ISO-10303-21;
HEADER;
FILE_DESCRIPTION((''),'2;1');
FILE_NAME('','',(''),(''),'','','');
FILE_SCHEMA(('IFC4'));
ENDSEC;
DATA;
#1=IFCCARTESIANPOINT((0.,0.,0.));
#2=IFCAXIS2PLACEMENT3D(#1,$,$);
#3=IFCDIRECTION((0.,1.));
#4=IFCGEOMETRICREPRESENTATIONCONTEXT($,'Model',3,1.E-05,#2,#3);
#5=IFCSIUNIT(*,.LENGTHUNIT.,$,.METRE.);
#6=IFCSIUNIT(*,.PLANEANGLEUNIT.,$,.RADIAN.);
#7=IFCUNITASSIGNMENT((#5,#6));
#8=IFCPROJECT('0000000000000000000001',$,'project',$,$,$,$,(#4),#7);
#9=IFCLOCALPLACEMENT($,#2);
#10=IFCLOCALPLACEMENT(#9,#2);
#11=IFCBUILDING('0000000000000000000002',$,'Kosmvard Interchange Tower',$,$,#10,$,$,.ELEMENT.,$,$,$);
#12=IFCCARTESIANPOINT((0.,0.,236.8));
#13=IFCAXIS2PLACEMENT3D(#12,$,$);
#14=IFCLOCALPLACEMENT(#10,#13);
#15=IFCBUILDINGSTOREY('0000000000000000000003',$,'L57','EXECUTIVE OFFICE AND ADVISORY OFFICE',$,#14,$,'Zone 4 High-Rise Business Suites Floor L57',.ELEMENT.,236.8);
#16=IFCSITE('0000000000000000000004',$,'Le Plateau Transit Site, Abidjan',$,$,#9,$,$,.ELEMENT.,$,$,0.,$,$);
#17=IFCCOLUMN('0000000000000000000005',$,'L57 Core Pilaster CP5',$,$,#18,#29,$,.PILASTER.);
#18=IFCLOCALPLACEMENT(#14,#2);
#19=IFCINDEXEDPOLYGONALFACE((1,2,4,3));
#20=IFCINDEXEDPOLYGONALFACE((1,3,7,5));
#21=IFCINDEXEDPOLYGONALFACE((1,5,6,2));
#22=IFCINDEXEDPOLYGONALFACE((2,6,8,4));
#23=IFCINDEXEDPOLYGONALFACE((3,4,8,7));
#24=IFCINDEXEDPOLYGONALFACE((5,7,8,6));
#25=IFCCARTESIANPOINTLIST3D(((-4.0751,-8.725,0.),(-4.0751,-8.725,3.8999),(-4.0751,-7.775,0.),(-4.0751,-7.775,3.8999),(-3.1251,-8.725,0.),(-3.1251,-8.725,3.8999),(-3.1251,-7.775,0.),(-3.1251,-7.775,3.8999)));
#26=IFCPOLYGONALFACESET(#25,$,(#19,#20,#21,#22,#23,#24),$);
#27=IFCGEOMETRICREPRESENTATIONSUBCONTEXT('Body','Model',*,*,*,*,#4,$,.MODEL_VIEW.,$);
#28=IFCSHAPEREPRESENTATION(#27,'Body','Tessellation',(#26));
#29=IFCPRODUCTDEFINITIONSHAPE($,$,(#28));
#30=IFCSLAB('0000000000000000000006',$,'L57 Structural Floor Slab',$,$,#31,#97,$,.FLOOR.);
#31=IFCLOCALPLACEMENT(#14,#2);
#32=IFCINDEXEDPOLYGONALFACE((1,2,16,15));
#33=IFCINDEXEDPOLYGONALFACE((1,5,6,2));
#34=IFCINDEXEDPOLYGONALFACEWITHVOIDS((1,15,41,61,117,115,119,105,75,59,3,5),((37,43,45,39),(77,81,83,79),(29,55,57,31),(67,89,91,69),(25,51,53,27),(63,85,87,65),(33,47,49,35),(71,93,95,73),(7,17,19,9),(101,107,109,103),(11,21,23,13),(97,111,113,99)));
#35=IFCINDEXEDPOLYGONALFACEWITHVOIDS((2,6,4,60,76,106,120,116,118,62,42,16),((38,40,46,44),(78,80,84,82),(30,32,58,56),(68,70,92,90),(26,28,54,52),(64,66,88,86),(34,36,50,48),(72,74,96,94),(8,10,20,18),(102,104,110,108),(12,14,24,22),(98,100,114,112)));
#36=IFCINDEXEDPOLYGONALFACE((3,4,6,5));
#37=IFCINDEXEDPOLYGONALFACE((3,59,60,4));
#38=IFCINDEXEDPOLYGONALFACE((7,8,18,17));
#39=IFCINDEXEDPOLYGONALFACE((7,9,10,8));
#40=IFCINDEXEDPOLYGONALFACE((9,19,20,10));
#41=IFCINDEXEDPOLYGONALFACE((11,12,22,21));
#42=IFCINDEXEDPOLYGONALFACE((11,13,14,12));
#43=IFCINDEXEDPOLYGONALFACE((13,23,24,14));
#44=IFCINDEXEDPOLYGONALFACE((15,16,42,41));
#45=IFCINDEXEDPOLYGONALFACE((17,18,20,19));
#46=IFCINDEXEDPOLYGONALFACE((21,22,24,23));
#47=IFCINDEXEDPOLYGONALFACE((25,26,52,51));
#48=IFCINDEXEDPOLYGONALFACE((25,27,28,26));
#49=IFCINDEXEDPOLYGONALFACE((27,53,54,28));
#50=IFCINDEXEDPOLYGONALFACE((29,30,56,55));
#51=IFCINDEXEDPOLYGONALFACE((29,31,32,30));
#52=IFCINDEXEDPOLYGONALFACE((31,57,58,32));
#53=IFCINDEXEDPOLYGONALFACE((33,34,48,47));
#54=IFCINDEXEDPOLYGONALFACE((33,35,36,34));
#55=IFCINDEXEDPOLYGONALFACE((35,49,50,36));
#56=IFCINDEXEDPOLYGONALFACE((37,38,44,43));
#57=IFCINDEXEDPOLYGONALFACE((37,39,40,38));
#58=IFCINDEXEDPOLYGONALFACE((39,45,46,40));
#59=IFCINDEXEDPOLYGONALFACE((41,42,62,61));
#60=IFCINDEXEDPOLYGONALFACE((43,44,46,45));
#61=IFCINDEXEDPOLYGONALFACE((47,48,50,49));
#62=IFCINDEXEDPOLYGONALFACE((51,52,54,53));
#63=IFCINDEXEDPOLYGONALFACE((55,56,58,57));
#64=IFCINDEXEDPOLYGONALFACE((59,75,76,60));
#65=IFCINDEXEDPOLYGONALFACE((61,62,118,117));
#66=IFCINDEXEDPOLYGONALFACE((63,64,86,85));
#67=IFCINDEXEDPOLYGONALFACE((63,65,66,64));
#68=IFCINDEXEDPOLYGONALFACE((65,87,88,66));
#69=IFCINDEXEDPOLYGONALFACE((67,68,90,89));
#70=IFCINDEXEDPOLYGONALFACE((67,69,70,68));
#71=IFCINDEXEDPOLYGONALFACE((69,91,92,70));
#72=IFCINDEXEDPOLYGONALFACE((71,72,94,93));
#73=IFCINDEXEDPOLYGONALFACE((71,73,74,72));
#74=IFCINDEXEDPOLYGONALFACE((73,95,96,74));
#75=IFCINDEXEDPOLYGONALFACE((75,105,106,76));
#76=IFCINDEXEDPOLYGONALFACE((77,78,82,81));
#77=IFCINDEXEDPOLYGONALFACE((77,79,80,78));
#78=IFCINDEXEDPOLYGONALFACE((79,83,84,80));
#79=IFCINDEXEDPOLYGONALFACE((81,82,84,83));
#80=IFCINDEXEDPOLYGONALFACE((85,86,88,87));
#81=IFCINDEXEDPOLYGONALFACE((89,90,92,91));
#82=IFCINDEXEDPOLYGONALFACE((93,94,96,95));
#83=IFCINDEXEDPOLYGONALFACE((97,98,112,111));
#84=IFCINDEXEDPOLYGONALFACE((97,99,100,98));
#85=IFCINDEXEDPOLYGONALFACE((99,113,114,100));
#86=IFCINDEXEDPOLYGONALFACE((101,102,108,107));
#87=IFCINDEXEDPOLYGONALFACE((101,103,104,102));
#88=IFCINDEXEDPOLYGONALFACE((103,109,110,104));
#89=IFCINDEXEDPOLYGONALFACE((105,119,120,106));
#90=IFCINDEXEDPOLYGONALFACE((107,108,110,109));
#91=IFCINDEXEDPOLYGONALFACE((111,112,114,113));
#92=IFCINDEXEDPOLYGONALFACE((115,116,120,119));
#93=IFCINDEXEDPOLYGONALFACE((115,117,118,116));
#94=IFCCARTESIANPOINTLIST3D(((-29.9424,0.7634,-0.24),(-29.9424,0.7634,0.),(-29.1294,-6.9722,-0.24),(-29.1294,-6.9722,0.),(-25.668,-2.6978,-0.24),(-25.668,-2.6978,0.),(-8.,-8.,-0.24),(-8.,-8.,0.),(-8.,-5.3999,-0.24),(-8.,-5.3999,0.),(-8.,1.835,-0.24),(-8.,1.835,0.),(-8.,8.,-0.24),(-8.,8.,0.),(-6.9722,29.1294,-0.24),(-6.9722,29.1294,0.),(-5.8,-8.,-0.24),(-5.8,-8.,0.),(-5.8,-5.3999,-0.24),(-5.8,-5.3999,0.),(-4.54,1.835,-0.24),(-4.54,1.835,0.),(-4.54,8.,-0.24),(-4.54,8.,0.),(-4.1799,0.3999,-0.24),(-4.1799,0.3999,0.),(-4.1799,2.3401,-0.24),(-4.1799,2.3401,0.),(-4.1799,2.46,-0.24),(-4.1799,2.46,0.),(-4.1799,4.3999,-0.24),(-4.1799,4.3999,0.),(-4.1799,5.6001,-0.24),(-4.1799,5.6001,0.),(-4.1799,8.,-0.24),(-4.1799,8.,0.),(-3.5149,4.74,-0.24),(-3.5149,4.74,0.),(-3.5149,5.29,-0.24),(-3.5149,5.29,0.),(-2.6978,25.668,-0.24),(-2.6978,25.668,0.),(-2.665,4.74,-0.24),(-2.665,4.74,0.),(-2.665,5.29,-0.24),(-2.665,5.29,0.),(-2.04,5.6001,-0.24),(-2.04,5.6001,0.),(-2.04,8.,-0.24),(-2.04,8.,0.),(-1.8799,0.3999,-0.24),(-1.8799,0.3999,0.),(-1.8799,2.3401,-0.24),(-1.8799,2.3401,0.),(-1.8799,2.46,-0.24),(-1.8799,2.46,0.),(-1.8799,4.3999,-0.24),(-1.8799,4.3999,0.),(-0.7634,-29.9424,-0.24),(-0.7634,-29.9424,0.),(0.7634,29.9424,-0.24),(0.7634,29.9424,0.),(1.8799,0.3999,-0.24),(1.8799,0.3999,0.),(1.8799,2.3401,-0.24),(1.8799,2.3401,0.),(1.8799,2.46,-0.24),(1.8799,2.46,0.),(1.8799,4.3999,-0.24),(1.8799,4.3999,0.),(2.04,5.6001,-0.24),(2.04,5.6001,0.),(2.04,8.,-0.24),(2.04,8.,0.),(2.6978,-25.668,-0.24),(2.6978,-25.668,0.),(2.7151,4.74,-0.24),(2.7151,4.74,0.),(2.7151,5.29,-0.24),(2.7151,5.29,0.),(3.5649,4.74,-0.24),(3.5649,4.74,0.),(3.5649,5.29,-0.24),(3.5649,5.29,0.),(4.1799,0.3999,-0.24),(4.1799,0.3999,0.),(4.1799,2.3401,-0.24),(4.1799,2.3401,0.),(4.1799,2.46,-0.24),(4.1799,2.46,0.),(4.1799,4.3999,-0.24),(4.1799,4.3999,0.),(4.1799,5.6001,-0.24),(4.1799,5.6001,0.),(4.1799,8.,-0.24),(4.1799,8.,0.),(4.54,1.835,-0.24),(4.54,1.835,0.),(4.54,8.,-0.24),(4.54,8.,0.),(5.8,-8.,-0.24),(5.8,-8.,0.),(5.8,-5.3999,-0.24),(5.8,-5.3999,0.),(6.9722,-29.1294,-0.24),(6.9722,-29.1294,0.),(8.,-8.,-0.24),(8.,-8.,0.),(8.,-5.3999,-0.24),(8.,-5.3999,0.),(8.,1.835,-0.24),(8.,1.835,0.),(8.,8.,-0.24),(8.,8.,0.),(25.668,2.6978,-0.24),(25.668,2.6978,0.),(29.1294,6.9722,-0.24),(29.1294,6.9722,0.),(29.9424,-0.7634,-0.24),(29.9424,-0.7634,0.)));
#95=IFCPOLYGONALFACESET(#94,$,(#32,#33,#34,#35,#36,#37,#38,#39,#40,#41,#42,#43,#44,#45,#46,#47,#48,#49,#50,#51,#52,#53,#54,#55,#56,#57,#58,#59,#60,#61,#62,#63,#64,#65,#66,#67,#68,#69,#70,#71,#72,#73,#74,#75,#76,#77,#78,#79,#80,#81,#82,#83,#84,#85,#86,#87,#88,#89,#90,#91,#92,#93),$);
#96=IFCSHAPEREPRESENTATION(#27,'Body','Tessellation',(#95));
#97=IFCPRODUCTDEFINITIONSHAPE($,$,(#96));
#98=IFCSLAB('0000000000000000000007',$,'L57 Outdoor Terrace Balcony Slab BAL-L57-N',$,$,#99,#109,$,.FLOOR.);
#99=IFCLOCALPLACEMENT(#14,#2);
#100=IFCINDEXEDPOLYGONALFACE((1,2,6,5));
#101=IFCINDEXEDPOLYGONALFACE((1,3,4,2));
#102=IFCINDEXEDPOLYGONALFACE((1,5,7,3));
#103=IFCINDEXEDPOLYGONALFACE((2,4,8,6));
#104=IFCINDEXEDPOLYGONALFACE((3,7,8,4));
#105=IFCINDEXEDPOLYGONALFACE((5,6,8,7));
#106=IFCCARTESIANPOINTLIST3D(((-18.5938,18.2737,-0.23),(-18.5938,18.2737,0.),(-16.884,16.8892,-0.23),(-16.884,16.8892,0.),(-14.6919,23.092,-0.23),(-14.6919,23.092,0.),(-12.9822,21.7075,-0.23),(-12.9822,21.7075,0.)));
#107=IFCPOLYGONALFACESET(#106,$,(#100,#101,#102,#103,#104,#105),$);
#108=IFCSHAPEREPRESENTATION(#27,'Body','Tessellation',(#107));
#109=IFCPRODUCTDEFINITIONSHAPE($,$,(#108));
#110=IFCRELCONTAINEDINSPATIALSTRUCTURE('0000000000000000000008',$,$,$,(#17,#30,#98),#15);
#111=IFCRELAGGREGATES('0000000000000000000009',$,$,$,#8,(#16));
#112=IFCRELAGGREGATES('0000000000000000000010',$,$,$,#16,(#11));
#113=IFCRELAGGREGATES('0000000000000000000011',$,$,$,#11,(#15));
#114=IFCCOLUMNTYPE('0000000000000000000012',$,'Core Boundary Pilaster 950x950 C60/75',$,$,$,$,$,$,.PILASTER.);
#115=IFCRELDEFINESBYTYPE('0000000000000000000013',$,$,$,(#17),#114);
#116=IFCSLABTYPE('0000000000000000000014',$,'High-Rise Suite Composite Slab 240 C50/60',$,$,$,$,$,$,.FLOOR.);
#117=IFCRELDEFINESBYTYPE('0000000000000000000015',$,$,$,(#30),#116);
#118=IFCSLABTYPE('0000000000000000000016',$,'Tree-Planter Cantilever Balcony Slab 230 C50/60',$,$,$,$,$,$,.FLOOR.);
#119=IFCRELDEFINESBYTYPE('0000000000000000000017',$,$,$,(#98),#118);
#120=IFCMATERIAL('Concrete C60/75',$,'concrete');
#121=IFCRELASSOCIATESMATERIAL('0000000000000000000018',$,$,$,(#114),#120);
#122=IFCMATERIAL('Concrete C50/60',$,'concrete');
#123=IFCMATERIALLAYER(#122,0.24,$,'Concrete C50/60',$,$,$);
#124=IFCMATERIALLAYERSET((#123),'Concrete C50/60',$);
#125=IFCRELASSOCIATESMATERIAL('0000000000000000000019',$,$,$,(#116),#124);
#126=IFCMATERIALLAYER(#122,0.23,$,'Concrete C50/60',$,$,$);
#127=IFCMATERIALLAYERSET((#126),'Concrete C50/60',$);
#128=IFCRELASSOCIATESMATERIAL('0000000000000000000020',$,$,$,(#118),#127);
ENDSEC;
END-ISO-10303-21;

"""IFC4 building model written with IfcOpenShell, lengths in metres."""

from ifc_helpers import new_model, si_unit, direction, frame, origin, origin_2d, place, context, subcontext, project, spatial, polyline, rectangle, outline, extrude, source, transform, mapped, material, layer, layer_set, material_profile, profile_set, type_object, element, save


model = new_model("IFC4")

# Units and contexts
model_context = context("Model", 3, precision=1e-05, world=origin(), true_north=direction((0.0, 1.0)))
body_context = subcontext(model_context, "Body", "Model", "MODEL_VIEW")
ifc_project = project(units=[si_unit("LENGTHUNIT", "METRE"), si_unit("PLANEANGLEUNIT", "RADIAN")], contexts=[model_context])

# Site, building, storey
site_placement = place(None, origin())
site = spatial("IfcSite", under=ifc_project, at=site_placement, Name="Le Plateau Transit Site, Abidjan", CompositionType="ELEMENT", RefElevation=0.0)
building_placement = place(site_placement, origin())
building = spatial("IfcBuilding", under=site, at=building_placement, Name="Kosmvard Interchange Tower", CompositionType="ELEMENT")
storey_placement = place(building_placement, frame((0.0, 0.0, 236.8)))
storey = spatial("IfcBuildingStorey", under=building, at=storey_placement, Name="L57", Description="EXECUTIVE OFFICE AND ADVISORY OFFICE", LongName="Zone 4 High-Rise Business Suites Floor L57", CompositionType="ELEMENT", Elevation=236.8)

# Column
ifc_material_1 = material(Name="Concrete C60/75", Category="concrete")
ifc_material_profile = material_profile(ifc_material_1, rectangle(XDim=0.95, YDim=0.95, at=origin_2d()), Name="CP 950x950")
ifc_profile_set = profile_set([ifc_material_profile], Name="Concrete C60/75")
column_type = type_object("IfcColumnType", Name="Core Boundary Pilaster 950x950 C60/75", PredefinedType="PILASTER", material=ifc_profile_set)
shared_shape_1 = source(origin(), body_context, "Body", "SweptSolid", [
    extrude(rectangle(XDim=0.95, YDim=0.95, at=origin_2d()), origin(), (0.0, 0.0, 1.0), 3.8999),
])
column_placement = place(storey_placement, frame((-3.6001, -8.25, 0.0), z_axis=(0.0, 0.0, 1.0), x_axis=(1.0, 0.0, 0.0)))
element("IfcColumn", 1, at=column_placement, inside=storey, type_object=column_type, Name="L57 Core Pilaster CP5", PredefinedType="PILASTER", context=body_context, shape_type="MappedRepresentation", body=[
    mapped(shared_shape_1, transform((0.0, 0.0, 0.0), scale=1.0)),
])

# Slabs
ifc_material_2 = material(Name="Concrete C50/60", Category="concrete")
ifc_layer_1 = layer(ifc_material_2, 0.24, Name="Concrete C50/60")
ifc_layer_set_1 = layer_set([ifc_layer_1], Name="Concrete C50/60")
slab_type_1 = type_object("IfcSlabType", Name="High-Rise Suite Composite Slab 240 C50/60", PredefinedType="FLOOR", material=ifc_layer_set_1)
slab_1_placement = place(storey_placement, frame((0.0, 0.0, -0.24)))
element("IfcSlab", 2, at=slab_1_placement, inside=storey, type_object=slab_type_1, Name="L57 Structural Floor Slab", PredefinedType="FLOOR", context=body_context, shape_type="SweptSolid", body=[
    extrude(outline(polyline([(6.9722, -29.1294), (29.9424, -0.7634), (25.668, 2.6978), (29.1294, 6.9722), (0.7634, 29.9424), (-2.6978, 25.668), (-6.9722, 29.1294), (-29.9424, 0.7634), (-25.668, -2.6978), (-29.1294, -6.9722), (-0.7634, -29.9424), (2.6978, -25.668), (6.9722, -29.1294)]), holes=[polyline([(-8.0, 1.835), (-4.54, 1.835), (-4.54, 8.0), (-8.0, 8.0), (-8.0, 1.835)]), polyline([(4.54, 1.835), (8.0, 1.835), (8.0, 8.0), (4.54, 8.0), (4.54, 1.835)]), polyline([(-8.0, -8.0), (-5.8, -8.0), (-5.8, -5.3999), (-8.0, -5.3999), (-8.0, -8.0)]), polyline([(5.8, -8.0), (8.0, -8.0), (8.0, -5.3999), (5.8, -5.3999), (5.8, -8.0)]), polyline([(-4.1799, 0.3999), (-1.8799, 0.3999), (-1.8799, 2.3401), (-4.1799, 2.3401), (-4.1799, 0.3999)]), polyline([(-4.1799, 2.46), (-1.8799, 2.46), (-1.8799, 4.3999), (-4.1799, 4.3999), (-4.1799, 2.46)]), polyline([(1.8799, 0.3999), (4.1799, 0.3999), (4.1799, 2.3401), (1.8799, 2.3401), (1.8799, 0.3999)]), polyline([(1.8799, 2.46), (4.1799, 2.46), (4.1799, 4.3999), (1.8799, 4.3999), (1.8799, 2.46)]), polyline([(-4.1799, 5.6001), (-2.04, 5.6001), (-2.04, 8.0), (-4.1799, 8.0), (-4.1799, 5.6001)]), polyline([(2.04, 5.6001), (4.1799, 5.6001), (4.1799, 8.0), (2.04, 8.0), (2.04, 5.6001)]), polyline([(-3.5149, 4.74), (-2.665, 4.74), (-2.665, 5.29), (-3.5149, 5.29), (-3.5149, 4.74)]), polyline([(2.7151, 4.74), (3.5649, 4.74), (3.5649, 5.29), (2.7151, 5.29), (2.7151, 4.74)])]), origin(), (0.0, 0.0, 1.0), 0.24),
])
ifc_layer_2 = layer(ifc_material_2, 0.23, Name="Concrete C50/60")
ifc_layer_set_2 = layer_set([ifc_layer_2], Name="Concrete C50/60")
slab_type_2 = type_object("IfcSlabType", Name="Tree-Planter Cantilever Balcony Slab 230 C50/60", PredefinedType="FLOOR", material=ifc_layer_set_2)
slab_2_placement = place(storey_placement, frame((0.0, 0.0, -0.23)))
element("IfcSlab", 3, at=slab_2_placement, inside=storey, type_object=slab_type_2, Name="L57 Outdoor Terrace Balcony Slab BAL-L57-N", PredefinedType="FLOOR", context=body_context, shape_type="SweptSolid", body=[
    extrude(outline(polyline([(-16.884, 16.8892), (-12.9822, 21.7075), (-14.6919, 23.092), (-18.5938, 18.2737), (-16.884, 16.8892)])), origin(), (0.0, 0.0, 1.0), 0.23),
])

save(model, "model.ifc")
